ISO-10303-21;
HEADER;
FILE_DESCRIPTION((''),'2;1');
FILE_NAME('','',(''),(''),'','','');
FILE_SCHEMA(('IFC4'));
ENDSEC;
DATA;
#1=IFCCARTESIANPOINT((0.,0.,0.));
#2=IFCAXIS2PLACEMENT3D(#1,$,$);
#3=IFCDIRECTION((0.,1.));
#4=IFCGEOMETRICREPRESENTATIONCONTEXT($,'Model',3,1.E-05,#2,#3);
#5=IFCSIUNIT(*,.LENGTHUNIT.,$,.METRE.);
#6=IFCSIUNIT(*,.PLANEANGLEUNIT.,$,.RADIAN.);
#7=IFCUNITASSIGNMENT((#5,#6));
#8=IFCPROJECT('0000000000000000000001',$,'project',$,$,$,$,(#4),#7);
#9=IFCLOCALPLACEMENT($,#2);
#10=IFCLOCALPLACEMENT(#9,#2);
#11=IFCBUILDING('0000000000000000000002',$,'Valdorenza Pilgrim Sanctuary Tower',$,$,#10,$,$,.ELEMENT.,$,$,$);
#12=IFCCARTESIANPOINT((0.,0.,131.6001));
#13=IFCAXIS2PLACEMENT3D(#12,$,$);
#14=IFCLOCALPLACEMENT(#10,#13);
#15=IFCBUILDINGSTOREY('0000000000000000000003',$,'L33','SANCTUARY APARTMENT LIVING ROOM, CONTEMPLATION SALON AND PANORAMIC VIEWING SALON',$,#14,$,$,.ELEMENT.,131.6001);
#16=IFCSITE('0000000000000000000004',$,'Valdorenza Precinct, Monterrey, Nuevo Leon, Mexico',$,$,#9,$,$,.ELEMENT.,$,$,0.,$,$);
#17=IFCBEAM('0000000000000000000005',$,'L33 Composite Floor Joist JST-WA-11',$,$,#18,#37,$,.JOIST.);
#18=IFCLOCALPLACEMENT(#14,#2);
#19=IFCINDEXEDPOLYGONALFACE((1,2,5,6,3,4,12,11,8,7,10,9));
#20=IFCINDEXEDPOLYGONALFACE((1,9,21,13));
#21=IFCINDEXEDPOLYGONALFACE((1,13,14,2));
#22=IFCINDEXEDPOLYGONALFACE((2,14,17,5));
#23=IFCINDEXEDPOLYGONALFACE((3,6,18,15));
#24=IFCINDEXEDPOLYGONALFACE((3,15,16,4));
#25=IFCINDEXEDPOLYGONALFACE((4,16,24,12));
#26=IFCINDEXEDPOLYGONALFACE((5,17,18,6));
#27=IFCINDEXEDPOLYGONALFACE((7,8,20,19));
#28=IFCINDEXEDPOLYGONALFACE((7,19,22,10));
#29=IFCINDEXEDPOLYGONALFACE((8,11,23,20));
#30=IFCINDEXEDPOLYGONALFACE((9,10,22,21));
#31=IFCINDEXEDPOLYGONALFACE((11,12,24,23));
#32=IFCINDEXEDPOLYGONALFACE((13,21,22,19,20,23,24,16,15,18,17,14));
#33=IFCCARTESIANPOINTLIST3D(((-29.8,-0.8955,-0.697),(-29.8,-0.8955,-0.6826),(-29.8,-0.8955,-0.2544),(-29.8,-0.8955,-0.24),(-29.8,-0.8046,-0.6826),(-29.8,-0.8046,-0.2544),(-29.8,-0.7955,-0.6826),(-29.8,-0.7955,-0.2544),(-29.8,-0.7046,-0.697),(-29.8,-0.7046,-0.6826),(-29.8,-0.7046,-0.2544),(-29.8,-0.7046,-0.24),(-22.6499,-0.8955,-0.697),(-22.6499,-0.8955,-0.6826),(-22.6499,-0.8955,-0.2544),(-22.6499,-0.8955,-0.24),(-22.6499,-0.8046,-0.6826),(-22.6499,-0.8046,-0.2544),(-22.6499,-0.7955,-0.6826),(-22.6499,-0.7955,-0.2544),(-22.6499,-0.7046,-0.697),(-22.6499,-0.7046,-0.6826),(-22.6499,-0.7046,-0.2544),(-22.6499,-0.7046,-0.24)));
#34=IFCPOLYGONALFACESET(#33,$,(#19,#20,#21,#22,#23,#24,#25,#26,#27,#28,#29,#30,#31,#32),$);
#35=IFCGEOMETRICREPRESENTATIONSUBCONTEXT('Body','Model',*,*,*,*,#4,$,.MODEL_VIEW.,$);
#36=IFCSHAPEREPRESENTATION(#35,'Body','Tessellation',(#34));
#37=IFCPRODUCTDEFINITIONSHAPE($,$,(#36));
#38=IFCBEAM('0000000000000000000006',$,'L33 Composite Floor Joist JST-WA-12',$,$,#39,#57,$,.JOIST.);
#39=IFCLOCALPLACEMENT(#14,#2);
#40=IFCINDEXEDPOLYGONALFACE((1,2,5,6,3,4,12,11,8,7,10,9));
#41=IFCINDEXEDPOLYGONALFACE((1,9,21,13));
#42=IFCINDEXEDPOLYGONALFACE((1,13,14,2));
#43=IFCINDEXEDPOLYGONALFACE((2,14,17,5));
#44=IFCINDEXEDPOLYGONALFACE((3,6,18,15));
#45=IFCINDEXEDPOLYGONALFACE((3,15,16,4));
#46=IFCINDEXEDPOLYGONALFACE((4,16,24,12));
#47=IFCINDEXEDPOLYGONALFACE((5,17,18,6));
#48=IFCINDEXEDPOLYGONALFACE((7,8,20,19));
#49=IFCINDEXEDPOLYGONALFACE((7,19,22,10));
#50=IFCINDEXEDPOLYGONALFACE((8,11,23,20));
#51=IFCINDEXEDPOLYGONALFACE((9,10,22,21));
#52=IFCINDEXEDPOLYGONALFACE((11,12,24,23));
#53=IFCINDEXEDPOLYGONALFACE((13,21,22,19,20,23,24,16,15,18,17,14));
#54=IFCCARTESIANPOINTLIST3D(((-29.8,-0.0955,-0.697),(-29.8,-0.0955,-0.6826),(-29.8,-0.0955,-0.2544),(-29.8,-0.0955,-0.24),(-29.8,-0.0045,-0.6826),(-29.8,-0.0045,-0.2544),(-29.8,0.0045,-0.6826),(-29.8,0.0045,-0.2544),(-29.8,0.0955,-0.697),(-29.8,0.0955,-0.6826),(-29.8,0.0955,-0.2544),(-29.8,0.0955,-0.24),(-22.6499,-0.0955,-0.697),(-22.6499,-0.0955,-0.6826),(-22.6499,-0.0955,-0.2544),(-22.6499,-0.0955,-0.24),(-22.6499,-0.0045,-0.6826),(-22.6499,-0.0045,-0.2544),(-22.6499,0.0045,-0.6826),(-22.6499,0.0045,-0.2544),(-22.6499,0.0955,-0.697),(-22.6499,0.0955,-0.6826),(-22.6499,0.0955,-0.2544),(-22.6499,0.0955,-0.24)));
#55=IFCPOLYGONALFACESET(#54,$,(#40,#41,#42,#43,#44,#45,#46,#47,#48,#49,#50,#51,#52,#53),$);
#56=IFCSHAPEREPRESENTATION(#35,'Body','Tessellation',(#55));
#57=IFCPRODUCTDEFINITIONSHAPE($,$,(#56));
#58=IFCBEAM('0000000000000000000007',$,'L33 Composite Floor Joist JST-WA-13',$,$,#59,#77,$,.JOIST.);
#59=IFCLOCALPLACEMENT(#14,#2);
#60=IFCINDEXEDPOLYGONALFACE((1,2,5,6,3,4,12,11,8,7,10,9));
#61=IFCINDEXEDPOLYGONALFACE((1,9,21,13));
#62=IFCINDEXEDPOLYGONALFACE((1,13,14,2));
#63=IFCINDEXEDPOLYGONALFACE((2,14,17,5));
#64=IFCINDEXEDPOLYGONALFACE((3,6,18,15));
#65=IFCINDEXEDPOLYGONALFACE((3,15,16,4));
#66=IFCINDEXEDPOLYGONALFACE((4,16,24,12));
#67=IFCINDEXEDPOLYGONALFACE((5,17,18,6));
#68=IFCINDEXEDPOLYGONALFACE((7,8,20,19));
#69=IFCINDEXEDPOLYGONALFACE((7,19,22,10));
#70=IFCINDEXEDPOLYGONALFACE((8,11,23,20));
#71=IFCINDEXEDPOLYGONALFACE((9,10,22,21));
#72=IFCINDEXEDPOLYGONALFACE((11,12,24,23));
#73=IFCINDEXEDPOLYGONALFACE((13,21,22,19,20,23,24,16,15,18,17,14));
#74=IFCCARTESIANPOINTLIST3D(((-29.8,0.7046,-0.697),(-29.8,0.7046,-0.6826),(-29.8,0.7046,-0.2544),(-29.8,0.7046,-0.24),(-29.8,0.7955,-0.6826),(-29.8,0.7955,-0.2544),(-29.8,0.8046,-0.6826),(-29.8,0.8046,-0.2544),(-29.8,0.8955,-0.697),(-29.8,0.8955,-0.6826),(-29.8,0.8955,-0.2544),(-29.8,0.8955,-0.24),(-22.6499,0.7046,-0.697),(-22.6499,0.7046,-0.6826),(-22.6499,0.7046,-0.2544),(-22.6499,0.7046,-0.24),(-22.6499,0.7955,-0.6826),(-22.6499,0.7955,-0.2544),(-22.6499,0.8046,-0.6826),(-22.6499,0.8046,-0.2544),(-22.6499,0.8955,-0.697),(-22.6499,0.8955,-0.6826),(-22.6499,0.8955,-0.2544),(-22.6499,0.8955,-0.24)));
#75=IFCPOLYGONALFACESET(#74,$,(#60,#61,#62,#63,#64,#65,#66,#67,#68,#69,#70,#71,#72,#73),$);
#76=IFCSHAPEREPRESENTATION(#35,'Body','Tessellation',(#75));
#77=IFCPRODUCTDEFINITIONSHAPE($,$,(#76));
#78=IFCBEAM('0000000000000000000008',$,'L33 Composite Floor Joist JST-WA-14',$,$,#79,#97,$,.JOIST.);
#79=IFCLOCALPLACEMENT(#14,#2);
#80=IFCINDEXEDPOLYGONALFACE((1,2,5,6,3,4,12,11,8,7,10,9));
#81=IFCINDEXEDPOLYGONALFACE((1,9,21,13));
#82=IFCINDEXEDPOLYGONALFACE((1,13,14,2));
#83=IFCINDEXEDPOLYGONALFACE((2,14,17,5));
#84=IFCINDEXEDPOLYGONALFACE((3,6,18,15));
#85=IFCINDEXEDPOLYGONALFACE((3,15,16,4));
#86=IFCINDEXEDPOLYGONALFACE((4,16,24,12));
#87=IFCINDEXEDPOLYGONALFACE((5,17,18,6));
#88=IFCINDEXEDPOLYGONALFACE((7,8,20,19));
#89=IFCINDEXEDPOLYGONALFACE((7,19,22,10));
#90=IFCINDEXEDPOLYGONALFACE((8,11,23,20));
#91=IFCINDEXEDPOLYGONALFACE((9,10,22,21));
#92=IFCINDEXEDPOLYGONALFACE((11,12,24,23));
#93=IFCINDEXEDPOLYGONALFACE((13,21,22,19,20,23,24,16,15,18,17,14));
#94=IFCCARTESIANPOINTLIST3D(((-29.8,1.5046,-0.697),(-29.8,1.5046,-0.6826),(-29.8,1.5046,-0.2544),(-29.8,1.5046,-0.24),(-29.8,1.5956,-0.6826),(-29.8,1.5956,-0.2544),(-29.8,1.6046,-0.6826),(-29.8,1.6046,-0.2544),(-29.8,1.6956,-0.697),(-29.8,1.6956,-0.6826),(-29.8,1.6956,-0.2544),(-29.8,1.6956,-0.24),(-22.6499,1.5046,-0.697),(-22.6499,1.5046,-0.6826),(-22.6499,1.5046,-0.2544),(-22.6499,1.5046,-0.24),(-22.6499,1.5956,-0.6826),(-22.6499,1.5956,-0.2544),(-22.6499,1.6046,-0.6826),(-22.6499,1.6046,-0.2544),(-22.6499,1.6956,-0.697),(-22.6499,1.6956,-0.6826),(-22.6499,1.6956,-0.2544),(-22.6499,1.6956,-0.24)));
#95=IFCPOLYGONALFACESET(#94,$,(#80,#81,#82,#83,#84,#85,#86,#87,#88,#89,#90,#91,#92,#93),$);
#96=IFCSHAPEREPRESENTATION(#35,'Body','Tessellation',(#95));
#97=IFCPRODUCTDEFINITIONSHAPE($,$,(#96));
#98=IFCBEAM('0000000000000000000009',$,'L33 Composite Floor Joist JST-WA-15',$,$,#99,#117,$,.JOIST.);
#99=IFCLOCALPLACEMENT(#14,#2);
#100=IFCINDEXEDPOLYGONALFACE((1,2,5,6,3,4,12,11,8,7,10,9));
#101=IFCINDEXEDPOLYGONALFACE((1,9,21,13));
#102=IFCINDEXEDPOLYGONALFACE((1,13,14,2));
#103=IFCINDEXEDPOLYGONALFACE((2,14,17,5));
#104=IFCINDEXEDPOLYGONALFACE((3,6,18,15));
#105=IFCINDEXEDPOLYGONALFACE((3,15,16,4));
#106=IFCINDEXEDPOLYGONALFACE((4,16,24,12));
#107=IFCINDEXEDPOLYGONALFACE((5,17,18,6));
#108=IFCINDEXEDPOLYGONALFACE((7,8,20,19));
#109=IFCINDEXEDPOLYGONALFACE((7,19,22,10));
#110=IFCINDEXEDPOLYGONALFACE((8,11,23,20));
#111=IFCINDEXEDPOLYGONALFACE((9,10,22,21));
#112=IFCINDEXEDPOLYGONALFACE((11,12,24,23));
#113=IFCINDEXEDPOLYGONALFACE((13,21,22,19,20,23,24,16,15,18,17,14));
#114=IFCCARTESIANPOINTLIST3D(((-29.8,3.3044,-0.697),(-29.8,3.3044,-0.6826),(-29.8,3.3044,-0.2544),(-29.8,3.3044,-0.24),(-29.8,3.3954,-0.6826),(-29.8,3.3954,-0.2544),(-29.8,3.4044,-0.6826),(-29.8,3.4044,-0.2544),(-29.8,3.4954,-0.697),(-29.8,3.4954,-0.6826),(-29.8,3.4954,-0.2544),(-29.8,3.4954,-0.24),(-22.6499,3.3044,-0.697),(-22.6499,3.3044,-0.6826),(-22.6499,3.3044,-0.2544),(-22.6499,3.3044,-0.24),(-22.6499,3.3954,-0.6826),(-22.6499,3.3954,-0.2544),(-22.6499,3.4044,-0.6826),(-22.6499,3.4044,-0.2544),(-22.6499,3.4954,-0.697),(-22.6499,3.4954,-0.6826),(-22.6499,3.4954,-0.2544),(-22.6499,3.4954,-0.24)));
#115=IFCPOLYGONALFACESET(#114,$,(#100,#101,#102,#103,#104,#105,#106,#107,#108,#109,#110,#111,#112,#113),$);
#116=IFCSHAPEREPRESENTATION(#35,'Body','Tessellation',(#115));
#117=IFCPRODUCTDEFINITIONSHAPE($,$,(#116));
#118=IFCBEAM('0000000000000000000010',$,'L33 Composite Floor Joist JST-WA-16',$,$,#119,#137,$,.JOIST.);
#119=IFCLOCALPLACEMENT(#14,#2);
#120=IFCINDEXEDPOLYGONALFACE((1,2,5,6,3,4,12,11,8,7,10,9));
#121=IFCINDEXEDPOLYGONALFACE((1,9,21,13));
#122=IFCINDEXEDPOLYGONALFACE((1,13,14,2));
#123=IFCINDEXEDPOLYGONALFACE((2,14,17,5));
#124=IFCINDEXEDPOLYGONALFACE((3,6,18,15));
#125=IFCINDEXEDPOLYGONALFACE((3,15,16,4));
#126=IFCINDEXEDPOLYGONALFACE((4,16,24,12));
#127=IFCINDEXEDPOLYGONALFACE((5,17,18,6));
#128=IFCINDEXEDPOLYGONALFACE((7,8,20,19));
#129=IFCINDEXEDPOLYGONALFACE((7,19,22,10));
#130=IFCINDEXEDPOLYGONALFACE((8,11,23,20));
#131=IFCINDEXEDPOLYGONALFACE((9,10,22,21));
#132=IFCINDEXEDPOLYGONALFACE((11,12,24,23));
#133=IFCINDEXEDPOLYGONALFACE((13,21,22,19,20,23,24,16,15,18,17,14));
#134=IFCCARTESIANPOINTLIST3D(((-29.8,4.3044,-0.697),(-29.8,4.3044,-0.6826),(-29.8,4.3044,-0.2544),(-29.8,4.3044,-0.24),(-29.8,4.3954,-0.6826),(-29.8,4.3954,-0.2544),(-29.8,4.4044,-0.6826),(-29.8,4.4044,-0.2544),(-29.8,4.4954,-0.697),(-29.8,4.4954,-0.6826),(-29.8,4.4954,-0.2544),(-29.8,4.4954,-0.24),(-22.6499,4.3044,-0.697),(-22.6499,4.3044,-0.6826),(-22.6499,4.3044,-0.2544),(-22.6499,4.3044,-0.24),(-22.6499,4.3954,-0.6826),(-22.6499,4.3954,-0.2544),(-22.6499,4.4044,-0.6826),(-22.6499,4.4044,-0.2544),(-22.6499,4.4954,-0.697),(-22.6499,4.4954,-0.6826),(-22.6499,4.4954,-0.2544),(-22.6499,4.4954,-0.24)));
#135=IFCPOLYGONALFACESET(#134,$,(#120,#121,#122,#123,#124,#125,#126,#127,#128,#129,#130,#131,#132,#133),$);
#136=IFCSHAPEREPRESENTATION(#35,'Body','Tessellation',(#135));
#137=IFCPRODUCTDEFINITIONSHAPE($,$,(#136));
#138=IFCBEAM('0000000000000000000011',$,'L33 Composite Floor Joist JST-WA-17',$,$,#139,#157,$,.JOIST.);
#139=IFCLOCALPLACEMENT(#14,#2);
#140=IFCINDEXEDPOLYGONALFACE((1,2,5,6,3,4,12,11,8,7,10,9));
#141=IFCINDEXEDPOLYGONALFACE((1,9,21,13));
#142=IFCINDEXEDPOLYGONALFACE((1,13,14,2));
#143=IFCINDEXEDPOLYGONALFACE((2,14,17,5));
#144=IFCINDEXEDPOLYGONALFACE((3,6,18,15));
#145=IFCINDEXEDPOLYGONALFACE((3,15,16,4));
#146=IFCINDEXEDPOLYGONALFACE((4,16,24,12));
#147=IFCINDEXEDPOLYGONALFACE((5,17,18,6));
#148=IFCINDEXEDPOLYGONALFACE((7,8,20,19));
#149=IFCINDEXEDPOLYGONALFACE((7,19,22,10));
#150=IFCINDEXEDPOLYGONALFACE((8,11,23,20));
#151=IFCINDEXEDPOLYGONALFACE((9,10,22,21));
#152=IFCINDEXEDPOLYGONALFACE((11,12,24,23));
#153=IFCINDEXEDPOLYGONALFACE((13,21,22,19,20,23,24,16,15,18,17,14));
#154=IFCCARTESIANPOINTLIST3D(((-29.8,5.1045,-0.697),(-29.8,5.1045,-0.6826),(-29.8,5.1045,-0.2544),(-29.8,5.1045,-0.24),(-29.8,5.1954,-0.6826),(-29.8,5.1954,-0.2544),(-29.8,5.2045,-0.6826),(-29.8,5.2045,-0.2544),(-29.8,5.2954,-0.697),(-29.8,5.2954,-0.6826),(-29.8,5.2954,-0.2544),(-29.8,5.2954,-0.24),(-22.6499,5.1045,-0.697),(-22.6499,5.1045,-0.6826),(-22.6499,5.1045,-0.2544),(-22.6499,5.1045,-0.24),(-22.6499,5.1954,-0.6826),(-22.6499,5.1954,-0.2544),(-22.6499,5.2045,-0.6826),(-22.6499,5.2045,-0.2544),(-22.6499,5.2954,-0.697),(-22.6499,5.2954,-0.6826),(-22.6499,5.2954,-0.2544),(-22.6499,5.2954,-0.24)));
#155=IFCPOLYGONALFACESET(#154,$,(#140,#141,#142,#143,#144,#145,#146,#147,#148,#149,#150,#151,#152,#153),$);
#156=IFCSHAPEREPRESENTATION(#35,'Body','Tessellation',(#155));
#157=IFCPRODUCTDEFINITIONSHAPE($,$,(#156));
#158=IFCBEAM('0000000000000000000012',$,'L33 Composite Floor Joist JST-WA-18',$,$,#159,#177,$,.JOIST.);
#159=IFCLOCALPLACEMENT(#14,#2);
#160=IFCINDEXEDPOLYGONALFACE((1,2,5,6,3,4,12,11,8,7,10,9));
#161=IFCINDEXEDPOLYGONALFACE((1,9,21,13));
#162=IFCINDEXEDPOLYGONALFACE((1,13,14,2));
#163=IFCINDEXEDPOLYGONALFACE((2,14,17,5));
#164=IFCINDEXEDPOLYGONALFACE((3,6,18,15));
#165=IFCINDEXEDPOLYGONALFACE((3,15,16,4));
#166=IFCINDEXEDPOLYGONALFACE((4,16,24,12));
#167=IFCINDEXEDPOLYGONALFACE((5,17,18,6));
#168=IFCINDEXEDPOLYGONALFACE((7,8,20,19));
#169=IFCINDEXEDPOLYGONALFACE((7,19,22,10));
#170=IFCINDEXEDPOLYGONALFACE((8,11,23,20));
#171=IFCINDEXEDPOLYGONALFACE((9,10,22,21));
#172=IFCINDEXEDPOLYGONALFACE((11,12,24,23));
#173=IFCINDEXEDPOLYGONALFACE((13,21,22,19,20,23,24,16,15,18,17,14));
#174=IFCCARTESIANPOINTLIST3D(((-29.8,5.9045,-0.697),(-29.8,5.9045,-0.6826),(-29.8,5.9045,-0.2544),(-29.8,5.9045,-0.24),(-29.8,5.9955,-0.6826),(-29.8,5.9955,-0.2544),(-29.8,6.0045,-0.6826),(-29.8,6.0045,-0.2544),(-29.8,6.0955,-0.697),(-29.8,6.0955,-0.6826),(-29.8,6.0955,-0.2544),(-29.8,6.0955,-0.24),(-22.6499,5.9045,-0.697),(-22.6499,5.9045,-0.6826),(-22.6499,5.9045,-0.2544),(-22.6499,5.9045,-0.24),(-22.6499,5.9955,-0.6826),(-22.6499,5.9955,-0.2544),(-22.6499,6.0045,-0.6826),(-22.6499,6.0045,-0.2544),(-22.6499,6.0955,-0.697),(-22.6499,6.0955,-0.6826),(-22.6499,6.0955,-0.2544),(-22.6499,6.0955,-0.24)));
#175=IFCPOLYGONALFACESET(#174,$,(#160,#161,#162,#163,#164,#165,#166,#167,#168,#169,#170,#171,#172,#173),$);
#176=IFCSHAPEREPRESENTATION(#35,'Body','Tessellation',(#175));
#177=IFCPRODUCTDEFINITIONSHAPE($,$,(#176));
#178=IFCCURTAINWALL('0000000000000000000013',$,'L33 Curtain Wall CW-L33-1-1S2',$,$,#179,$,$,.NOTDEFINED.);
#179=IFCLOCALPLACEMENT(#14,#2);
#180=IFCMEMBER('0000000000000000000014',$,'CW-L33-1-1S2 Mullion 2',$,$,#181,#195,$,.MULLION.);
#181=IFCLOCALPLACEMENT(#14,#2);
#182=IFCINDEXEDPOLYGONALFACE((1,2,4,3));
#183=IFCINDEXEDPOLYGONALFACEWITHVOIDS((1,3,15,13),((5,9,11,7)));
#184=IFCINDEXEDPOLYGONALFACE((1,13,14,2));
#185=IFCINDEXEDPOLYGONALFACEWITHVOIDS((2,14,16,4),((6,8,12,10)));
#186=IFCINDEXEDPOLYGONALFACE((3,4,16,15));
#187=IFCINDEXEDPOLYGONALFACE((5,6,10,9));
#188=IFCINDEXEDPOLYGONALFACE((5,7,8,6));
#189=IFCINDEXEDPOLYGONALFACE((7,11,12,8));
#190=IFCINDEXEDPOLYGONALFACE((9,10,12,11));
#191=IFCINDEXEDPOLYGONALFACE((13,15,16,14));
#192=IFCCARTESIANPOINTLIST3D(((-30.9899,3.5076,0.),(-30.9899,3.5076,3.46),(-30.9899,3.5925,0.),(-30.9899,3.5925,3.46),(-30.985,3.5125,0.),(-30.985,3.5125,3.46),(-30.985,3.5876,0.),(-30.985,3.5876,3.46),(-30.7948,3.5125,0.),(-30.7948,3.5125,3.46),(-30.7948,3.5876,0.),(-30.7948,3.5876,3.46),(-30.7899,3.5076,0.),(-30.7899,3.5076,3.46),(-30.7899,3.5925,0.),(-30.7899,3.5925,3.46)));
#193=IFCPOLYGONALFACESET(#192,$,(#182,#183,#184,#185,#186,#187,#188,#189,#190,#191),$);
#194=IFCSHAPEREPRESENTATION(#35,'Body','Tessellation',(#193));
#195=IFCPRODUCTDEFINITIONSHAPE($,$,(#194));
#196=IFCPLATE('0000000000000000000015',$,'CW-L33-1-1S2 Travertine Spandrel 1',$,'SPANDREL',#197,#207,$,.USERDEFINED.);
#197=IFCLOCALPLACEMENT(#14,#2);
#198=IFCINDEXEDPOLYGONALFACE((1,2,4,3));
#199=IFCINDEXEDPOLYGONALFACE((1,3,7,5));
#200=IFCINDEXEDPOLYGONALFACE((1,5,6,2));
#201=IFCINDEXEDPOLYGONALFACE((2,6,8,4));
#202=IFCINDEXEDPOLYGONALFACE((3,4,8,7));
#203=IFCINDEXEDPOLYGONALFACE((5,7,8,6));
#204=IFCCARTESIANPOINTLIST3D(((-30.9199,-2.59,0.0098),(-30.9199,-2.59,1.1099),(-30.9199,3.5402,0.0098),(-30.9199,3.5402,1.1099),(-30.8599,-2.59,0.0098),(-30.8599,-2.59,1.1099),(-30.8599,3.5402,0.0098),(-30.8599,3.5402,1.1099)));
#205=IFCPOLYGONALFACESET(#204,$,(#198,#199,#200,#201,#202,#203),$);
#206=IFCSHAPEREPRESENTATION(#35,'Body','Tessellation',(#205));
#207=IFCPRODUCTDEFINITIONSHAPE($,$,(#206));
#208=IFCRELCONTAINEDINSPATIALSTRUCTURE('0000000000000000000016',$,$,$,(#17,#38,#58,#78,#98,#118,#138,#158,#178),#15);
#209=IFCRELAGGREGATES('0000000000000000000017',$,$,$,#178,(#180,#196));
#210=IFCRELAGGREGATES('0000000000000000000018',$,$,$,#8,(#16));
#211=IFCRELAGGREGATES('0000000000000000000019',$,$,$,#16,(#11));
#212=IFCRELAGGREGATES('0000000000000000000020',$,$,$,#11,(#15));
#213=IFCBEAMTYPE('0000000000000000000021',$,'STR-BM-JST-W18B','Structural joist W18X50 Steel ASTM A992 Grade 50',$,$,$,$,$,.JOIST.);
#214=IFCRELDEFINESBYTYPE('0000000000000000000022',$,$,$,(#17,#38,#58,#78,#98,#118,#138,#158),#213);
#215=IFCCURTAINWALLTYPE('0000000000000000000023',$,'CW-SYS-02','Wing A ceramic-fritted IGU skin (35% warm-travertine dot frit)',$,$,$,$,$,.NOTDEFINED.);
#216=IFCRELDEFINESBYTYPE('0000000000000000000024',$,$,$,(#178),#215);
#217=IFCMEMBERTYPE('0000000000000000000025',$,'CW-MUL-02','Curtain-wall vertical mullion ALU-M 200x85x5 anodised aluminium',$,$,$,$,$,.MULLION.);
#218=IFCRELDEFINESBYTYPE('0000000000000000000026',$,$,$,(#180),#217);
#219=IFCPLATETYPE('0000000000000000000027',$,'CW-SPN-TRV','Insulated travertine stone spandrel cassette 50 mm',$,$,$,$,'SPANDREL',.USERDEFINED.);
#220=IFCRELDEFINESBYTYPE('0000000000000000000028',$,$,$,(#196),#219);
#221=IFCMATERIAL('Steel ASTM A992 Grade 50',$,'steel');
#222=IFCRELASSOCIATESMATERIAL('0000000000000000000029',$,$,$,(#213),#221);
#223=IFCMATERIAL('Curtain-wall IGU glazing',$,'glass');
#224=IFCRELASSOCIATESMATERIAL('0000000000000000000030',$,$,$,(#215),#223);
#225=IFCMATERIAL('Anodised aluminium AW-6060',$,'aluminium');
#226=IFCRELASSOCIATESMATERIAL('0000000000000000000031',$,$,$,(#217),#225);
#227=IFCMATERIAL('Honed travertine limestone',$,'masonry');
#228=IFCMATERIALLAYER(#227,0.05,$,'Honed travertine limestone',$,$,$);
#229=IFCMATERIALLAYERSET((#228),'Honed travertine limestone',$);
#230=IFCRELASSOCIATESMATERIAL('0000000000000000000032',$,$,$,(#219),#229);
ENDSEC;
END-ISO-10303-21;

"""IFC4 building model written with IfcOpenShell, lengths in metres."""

from ifc_helpers import new_model, si_unit, direction, frame, origin, origin_2d, place, context, subcontext, project, spatial, rectangle, hollow_rectangle, i_section, extrude, source, transform, mapped, material, layer, layer_set, material_profile, profile_set, type_object, element, aggregate, save


model = new_model("IFC4")

# Units and contexts
model_context = context("Model", 3, precision=1e-05, world=origin(), true_north=direction((0.0, 1.0)))
body_context = subcontext(model_context, "Body", "Model", "MODEL_VIEW")
ifc_project = project(units=[si_unit("LENGTHUNIT", "METRE"), si_unit("PLANEANGLEUNIT", "RADIAN")], contexts=[model_context])

# Site, building, storey
site_placement = place(None, origin())
site = spatial("IfcSite", under=ifc_project, at=site_placement, Name="Valdorenza Precinct, Monterrey, Nuevo Leon, Mexico", CompositionType="ELEMENT", RefElevation=0.0)
building_placement = place(site_placement, origin())
building = spatial("IfcBuilding", under=site, at=building_placement, Name="Valdorenza Pilgrim Sanctuary Tower", CompositionType="ELEMENT")
storey_placement = place(building_placement, frame((0.0, 0.0, 131.6001)))
storey = spatial("IfcBuildingStorey", under=building, at=storey_placement, Name="L33", Description="SANCTUARY APARTMENT LIVING ROOM, CONTEMPLATION SALON AND PANORAMIC VIEWING SALON", CompositionType="ELEMENT", Elevation=131.6001)

# Beams
ifc_material_1 = material(Name="Steel ASTM A992 Grade 50", Category="steel")
ifc_material_profile_1 = material_profile(ifc_material_1, i_section(OverallWidth=0.1909, OverallDepth=0.457, WebThickness=0.009, FlangeThickness=0.0144, at=origin_2d()), Name="W18X50")
ifc_profile_set_1 = profile_set([ifc_material_profile_1], Name="Steel ASTM A992 Grade 50")
beam_type = type_object("IfcBeamType", Name="STR-BM-JST-W18B", Description="Structural joist W18X50 Steel ASTM A992 Grade 50", PredefinedType="JOIST", material=ifc_profile_set_1)
shared_shape_1 = source(origin(), body_context, "Body", "SweptSolid", [
    extrude(i_section(OverallWidth=0.1909, OverallDepth=0.457, WebThickness=0.009, FlangeThickness=0.0144, at=origin_2d()), origin(), (0.0, 0.0, 1.0), 7.1501),
])
for number, where, z_axis, x_axis, name in (
    (1, (-29.8, -0.8, -0.4685), (1.0, 0.0, 0.0), (0.0, 1.0, 0.0), "L33 Composite Floor Joist JST-WA-11"),
    (2, (-29.8, 0.0, -0.4685), (1.0, 0.0, 0.0), (0.0, 1.0, 0.0), "L33 Composite Floor Joist JST-WA-12"),
    (3, (-29.8, 0.8, -0.4685), (1.0, 0.0, 0.0), (0.0, 1.0, 0.0), "L33 Composite Floor Joist JST-WA-13"),
    (4, (-29.8, 1.6001, -0.4685), (1.0, 0.0, 0.0), (0.0, 1.0, 0.0), "L33 Composite Floor Joist JST-WA-14"),
    (5, (-29.8, 3.3999, -0.4685), (1.0, 0.0, 0.0), (0.0, 1.0, 0.0), "L33 Composite Floor Joist JST-WA-15"),
    (6, (-29.8, 4.3999, -0.4685), (1.0, 0.0, 0.0), (0.0, 1.0, 0.0), "L33 Composite Floor Joist JST-WA-16"),
    (7, (-29.8, 5.2, -0.4685), (1.0, 0.0, 0.0), (0.0, 1.0, 0.0), "L33 Composite Floor Joist JST-WA-17"),
    (8, (-29.8, 6.0, -0.4685), (1.0, 0.0, 0.0), (0.0, 1.0, 0.0), "L33 Composite Floor Joist JST-WA-18"),
):
    element("IfcBeam", number, at=place(storey_placement, frame(where, z_axis=z_axis, x_axis=x_axis)), inside=storey, type_object=beam_type, Name=name, PredefinedType="JOIST", context=body_context, shape_type="MappedRepresentation", body=[
        mapped(shared_shape_1, transform((0.0, 0.0, 0.0), x_axis=(1.0, 0.0, 0.0), y_axis=(0.0, 1.0, 0.0), z_axis=(0.0, 0.0, 1.0), scale=1.0)),
    ])

# Curtain wall, member, plate
ifc_material_2 = material(Name="Curtain-wall IGU glazing", Category="glass")
curtain_wall_type = type_object("IfcCurtainWallType", Name="CW-SYS-02", Description="Wing A ceramic-fritted IGU skin (35% warm-travertine dot frit)", PredefinedType="NOTDEFINED", material=ifc_material_2)
curtain_wall_placement = place(storey_placement, origin())
curtain_wall = element("IfcCurtainWall", 9, at=curtain_wall_placement, inside=storey, type_object=curtain_wall_type, Name="L33 Curtain Wall CW-L33-1-1S2", PredefinedType="NOTDEFINED")
ifc_material_3 = material(Name="Anodised aluminium AW-6060", Category="aluminium")
ifc_material_profile_2 = material_profile(ifc_material_3, hollow_rectangle(XDim=0.085, YDim=0.2, WallThickness=0.0049, at=origin_2d()), Name="ALU-M 200x85x5")
ifc_profile_set_2 = profile_set([ifc_material_profile_2], Name="Anodised aluminium AW-6060")
member_type = type_object("IfcMemberType", Name="CW-MUL-02", Description="Curtain-wall vertical mullion ALU-M 200x85x5 anodised aluminium", PredefinedType="MULLION", material=ifc_profile_set_2)
shared_shape_2 = source(origin(), body_context, "Body", "SweptSolid", [
    extrude(hollow_rectangle(XDim=0.085, YDim=0.2, WallThickness=0.0049, at=origin_2d()), origin(), (0.0, 0.0, 1.0), 3.46),
])
member_placement = place(storey_placement, frame((-30.8899, 3.55, 0.0), z_axis=(0.0, 0.0, 1.0), x_axis=(0.0, 1.0, 0.0)))
member = element("IfcMember", 10, at=member_placement, type_object=member_type, Name="CW-L33-1-1S2 Mullion 2", PredefinedType="MULLION", context=body_context, shape_type="MappedRepresentation", body=[
    mapped(shared_shape_2, transform((0.0, 0.0, 0.0), x_axis=(1.0, 0.0, 0.0), y_axis=(0.0, 1.0, 0.0), z_axis=(0.0, 0.0, 1.0), scale=1.0)),
])
ifc_material_4 = material(Name="Honed travertine limestone", Category="masonry")
ifc_layer_1 = layer(ifc_material_4, 0.05, Name="Honed travertine limestone")
ifc_layer_set_1 = layer_set([ifc_layer_1], Name="Honed travertine limestone")
plate_type_1 = type_object("IfcPlateType", Name="CW-SPN-TRV", Description="Insulated travertine stone spandrel cassette 50 mm", ElementType="SPANDREL", PredefinedType="USERDEFINED", material=ifc_layer_set_1)
shared_shape_3 = source(origin(), body_context, "Body", "SweptSolid", [
    extrude(rectangle(XDim=6.1301, YDim=0.0601, at=origin_2d()), origin(), (0.0, 0.0, 1.0), 1.1001),
])
plate_1_placement = place(storey_placement, frame((-30.8899, 0.4751, 0.0098), z_axis=(0.0, 0.0, 1.0), x_axis=(0.0, 1.0, 0.0)))
plate_1 = element("IfcPlate", 11, at=plate_1_placement, type_object=plate_type_1, Name="CW-L33-1-1S2 Travertine Spandrel 1", ObjectType="SPANDREL", PredefinedType="USERDEFINED", context=body_context, shape_type="MappedRepresentation", body=[
    mapped(shared_shape_3, transform((0.0, 0.0, 0.0), x_axis=(1.0, 0.0, 0.0), y_axis=(0.0, 1.0, 0.0), z_axis=(0.0, 0.0, 1.0), scale=1.0)),
])
aggregate(curtain_wall, [member, plate_1])

save(model, "model.ifc")
